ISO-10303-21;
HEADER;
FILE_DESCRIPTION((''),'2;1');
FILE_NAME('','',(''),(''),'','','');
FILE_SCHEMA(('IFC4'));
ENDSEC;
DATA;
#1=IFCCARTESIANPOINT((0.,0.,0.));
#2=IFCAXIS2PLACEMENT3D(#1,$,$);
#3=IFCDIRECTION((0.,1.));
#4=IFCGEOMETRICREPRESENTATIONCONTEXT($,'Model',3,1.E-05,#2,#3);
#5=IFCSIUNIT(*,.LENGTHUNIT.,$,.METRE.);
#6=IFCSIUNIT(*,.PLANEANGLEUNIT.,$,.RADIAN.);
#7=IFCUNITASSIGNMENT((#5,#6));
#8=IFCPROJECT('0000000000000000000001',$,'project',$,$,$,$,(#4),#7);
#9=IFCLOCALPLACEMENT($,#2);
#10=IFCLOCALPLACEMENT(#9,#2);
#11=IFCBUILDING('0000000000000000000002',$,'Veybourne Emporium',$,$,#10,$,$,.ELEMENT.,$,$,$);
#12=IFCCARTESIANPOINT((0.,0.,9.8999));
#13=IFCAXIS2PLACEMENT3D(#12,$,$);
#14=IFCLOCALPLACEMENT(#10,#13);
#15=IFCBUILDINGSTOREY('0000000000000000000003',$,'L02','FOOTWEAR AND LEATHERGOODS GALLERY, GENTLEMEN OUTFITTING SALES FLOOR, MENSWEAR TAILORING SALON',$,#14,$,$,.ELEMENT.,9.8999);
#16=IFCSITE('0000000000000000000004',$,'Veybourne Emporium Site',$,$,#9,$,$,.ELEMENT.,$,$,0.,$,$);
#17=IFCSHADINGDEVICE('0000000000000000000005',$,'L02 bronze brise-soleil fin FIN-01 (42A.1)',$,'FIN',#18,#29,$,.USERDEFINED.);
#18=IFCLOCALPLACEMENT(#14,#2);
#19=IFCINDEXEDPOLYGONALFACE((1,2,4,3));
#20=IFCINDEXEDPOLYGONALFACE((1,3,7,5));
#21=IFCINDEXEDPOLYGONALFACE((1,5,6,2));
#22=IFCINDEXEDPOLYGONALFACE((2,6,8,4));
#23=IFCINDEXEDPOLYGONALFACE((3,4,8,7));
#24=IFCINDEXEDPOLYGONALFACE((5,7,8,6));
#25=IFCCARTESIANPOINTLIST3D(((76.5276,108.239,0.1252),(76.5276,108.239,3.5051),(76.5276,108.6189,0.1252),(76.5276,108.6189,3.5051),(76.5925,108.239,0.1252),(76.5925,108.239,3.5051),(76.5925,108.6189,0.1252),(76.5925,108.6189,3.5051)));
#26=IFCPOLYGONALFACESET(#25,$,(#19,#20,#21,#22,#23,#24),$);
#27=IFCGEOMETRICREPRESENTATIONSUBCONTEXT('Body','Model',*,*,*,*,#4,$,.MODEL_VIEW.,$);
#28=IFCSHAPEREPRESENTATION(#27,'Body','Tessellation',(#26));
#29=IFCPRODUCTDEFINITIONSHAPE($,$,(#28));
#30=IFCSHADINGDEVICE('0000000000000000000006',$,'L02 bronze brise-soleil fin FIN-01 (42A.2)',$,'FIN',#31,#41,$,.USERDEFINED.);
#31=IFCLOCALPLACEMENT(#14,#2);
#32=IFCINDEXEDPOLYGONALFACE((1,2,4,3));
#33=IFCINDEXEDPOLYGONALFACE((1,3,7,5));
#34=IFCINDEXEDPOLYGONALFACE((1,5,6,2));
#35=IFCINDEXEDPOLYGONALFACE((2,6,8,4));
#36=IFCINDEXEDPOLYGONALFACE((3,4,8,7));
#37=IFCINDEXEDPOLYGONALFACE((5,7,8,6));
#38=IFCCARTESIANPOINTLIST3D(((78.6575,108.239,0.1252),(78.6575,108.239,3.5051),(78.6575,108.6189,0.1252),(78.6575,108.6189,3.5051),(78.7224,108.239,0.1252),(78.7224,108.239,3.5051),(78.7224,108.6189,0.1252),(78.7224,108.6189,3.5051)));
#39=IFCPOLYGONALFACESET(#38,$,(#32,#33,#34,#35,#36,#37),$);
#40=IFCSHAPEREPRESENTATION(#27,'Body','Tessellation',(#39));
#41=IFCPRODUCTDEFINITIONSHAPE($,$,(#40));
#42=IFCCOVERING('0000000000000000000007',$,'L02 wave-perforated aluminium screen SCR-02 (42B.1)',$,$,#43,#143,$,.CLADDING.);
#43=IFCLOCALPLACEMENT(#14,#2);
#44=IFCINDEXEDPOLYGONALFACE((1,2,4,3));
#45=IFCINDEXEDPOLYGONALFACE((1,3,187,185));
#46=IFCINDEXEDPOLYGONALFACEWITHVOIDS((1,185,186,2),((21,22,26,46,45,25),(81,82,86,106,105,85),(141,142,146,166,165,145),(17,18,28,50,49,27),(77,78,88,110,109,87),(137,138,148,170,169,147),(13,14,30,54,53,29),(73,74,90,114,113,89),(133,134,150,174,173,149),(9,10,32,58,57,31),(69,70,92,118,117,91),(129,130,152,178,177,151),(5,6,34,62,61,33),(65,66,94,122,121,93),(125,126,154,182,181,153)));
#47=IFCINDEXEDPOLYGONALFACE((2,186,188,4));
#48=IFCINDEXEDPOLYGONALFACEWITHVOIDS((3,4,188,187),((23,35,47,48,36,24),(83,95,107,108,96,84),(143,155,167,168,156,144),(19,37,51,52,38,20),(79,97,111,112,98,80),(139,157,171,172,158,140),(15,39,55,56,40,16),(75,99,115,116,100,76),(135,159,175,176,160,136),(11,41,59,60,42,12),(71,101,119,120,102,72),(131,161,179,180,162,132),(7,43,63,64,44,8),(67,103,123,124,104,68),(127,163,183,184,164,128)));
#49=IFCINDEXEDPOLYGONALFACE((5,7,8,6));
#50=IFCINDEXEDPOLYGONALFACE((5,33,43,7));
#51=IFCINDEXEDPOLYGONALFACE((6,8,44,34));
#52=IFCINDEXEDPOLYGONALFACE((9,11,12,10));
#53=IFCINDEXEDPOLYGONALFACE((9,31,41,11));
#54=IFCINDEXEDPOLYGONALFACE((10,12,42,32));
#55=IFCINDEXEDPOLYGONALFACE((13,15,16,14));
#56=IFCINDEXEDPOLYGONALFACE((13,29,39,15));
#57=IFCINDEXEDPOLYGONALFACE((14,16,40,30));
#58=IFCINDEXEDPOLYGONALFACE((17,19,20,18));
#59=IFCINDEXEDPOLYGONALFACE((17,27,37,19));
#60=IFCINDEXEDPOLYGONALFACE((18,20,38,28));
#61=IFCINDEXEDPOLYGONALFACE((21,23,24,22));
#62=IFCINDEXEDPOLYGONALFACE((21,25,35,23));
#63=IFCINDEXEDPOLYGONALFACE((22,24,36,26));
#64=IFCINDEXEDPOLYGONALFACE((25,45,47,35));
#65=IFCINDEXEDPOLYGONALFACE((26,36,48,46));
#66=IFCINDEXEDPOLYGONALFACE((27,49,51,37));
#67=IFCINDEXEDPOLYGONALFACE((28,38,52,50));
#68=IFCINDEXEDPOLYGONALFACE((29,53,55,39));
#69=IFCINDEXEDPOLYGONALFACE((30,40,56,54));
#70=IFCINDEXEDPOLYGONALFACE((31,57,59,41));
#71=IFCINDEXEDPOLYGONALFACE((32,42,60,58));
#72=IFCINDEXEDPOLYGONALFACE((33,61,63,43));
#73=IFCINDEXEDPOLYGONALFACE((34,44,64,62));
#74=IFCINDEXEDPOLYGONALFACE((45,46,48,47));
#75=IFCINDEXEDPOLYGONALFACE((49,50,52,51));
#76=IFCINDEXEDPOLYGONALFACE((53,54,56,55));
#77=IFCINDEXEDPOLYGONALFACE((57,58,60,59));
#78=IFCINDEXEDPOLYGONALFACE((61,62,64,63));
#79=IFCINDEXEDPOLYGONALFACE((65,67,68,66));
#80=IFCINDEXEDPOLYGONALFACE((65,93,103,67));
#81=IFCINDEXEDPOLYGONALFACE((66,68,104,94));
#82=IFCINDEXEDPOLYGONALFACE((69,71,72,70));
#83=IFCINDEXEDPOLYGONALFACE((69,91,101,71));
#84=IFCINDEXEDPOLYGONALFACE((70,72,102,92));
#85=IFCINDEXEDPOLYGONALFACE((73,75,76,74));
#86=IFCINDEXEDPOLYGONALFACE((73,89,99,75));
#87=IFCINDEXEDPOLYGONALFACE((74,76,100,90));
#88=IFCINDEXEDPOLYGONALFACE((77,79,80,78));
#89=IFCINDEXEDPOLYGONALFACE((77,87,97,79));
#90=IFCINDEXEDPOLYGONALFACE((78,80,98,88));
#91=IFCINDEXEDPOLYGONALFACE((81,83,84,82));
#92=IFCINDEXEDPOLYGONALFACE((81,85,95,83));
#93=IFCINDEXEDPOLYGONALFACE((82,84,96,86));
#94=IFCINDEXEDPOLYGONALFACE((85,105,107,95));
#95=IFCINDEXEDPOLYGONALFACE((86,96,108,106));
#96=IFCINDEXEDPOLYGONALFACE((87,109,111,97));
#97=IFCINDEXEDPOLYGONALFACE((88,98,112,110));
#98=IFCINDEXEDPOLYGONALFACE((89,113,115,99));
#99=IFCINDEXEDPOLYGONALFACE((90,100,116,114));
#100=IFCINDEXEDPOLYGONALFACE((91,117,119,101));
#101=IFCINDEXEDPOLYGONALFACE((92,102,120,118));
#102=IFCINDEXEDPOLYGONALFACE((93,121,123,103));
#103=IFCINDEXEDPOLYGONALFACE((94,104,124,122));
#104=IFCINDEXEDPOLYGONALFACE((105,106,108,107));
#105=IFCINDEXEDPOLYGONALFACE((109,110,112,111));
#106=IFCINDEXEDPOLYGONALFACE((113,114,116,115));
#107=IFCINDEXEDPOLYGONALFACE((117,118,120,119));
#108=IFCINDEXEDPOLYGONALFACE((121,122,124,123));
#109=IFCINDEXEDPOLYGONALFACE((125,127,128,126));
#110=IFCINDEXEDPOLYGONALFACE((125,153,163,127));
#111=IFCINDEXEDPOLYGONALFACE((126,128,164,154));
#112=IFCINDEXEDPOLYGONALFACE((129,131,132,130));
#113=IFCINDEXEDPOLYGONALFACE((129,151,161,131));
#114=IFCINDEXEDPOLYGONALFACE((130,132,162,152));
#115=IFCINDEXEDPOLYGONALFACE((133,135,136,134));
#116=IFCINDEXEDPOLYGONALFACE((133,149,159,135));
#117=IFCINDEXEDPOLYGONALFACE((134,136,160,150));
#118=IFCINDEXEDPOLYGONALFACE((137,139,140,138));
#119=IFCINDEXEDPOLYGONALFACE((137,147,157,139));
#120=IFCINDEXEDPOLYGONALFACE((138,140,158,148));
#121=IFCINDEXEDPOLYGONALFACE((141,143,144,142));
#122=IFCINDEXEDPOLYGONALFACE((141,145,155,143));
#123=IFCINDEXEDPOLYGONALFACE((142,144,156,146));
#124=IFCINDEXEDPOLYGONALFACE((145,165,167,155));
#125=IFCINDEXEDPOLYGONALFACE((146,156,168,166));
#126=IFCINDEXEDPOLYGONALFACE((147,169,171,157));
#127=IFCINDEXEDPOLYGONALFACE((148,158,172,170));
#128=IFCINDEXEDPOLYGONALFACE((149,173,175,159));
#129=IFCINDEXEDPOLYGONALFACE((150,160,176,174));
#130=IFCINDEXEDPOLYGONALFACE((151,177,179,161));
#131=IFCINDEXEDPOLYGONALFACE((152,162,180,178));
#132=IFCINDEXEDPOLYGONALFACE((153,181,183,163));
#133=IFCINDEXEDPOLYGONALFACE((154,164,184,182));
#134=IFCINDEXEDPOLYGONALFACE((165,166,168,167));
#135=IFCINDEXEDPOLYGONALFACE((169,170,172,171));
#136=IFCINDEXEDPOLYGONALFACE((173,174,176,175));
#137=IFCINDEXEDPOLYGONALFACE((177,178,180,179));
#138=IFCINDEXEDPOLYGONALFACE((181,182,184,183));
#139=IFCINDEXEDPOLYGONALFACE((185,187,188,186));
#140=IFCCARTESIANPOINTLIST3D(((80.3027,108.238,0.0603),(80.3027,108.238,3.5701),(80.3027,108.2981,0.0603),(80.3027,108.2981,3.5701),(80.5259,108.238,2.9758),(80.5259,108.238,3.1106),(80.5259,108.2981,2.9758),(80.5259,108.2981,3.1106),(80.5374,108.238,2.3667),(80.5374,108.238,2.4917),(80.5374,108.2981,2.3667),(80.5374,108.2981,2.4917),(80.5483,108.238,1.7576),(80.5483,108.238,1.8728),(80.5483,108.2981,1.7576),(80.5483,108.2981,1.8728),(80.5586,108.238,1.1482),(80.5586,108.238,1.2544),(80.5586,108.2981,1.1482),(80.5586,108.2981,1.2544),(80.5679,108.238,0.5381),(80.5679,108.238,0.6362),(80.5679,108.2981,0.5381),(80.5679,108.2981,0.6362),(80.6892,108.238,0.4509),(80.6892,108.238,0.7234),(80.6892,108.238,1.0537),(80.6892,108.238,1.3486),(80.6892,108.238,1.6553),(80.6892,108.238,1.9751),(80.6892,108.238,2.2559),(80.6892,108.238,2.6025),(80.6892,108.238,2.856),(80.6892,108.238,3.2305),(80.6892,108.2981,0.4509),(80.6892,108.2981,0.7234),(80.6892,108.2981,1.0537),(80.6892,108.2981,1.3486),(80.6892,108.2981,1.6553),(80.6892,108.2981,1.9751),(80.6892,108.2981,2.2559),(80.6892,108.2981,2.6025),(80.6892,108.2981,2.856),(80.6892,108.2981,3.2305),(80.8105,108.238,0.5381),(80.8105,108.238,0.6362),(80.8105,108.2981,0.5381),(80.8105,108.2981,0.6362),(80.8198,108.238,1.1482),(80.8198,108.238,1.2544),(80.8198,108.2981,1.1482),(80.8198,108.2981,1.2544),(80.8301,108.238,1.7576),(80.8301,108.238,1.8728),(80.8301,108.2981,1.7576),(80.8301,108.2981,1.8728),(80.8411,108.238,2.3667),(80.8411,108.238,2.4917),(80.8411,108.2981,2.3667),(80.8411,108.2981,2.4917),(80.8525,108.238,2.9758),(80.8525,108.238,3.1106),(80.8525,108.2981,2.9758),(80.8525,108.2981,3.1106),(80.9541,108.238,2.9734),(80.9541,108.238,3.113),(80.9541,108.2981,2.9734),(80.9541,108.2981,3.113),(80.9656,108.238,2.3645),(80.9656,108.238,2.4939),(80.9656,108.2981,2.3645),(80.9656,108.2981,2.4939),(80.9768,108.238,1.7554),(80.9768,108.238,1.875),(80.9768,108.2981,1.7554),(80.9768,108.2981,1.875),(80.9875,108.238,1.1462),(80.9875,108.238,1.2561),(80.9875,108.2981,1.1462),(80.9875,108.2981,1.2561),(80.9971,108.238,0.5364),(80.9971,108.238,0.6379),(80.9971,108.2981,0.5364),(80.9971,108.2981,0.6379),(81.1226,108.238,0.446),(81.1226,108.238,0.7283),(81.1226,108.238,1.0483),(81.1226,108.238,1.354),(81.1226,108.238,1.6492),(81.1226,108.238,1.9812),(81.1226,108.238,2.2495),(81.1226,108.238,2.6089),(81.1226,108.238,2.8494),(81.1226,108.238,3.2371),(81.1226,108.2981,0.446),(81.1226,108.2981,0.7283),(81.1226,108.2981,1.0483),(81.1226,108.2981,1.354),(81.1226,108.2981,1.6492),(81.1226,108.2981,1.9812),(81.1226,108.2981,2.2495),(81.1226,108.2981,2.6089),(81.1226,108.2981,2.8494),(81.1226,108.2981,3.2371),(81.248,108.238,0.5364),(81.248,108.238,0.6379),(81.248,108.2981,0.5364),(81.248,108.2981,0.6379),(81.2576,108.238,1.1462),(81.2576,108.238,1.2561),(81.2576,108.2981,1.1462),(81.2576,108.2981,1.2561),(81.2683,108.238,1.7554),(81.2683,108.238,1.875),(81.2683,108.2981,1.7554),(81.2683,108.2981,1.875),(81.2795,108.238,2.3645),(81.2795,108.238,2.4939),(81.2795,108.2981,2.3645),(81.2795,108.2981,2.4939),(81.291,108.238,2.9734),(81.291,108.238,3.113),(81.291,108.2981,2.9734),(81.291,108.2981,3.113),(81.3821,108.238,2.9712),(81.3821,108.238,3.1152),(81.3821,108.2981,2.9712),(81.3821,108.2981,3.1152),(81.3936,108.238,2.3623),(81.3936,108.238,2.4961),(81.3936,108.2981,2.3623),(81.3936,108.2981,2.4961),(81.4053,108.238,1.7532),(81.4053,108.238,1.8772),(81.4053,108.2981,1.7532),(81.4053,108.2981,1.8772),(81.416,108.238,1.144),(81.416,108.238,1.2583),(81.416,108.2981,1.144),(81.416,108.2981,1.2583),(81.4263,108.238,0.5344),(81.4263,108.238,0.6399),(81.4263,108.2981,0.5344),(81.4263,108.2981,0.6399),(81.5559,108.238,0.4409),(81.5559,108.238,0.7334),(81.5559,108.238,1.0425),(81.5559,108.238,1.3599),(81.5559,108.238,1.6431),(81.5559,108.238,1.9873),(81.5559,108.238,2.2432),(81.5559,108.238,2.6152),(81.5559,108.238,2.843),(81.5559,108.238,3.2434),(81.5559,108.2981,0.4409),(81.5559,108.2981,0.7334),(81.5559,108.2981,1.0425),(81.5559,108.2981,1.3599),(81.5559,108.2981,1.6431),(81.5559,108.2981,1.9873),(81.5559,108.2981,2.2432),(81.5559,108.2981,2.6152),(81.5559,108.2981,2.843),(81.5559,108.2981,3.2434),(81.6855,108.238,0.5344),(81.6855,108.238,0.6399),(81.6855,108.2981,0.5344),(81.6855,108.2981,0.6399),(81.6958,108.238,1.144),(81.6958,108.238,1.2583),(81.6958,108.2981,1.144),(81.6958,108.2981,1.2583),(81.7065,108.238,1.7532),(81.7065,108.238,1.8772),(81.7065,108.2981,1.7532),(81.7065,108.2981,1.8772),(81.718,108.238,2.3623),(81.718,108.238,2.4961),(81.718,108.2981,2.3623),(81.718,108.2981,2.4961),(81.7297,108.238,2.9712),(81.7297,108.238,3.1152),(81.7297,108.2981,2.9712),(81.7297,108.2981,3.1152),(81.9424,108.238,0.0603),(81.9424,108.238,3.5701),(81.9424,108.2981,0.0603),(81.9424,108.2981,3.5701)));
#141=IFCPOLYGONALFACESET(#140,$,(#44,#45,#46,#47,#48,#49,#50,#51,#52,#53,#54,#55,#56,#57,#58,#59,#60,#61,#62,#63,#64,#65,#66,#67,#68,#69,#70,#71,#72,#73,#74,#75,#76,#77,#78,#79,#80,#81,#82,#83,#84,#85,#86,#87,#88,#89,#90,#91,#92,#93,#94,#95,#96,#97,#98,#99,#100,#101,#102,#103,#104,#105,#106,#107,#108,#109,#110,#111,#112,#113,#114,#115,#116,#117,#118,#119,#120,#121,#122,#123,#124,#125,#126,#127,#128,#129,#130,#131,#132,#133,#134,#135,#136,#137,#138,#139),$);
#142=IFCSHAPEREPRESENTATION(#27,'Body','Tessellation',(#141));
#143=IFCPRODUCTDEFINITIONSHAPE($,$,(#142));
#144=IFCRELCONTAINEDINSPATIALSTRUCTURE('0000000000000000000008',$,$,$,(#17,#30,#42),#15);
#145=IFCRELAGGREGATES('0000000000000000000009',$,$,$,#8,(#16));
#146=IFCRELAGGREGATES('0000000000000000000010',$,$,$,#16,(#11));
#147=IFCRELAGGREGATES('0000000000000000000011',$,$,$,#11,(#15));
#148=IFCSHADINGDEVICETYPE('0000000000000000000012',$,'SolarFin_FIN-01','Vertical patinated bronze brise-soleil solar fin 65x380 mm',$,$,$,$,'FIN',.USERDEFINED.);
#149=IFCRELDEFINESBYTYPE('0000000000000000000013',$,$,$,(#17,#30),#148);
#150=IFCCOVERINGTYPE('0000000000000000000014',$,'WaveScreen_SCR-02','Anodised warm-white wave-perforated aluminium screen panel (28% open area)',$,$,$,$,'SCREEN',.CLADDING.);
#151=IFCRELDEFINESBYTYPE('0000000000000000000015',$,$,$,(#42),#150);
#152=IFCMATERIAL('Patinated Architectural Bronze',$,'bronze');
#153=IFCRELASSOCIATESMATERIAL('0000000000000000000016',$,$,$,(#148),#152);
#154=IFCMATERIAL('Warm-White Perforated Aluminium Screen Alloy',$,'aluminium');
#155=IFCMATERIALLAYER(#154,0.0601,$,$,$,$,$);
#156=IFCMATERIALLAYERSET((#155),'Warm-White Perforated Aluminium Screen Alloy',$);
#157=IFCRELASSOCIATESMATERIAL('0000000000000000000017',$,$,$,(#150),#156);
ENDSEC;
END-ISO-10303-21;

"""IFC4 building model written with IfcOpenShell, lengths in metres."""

from ifc_helpers import new_model, si_unit, direction, frame, origin, origin_2d, place, context, subcontext, project, spatial, polyline, rectangle, outline, extrude, material, layer, layer_set, type_object, element, save


model = new_model("IFC4")

# Units and contexts
model_context = context("Model", 3, precision=1e-05, world=origin(), true_north=direction((0.0, 1.0)))
body_context = subcontext(model_context, "Body", "Model", "MODEL_VIEW")
ifc_project = project(units=[si_unit("LENGTHUNIT", "METRE"), si_unit("PLANEANGLEUNIT", "RADIAN")], contexts=[model_context])

# Site, building, storey
site_placement = place(None, origin())
site = spatial("IfcSite", under=ifc_project, at=site_placement, Name="Veybourne Emporium Site", CompositionType="ELEMENT", RefElevation=0.0)
building_placement = place(site_placement, origin())
building = spatial("IfcBuilding", under=site, at=building_placement, Name="Veybourne Emporium", CompositionType="ELEMENT")
storey_placement = place(building_placement, frame((0.0, 0.0, 9.8999)))
storey = spatial("IfcBuildingStorey", under=building, at=storey_placement, Name="L02", Description="FOOTWEAR AND LEATHERGOODS GALLERY, GENTLEMEN OUTFITTING SALES FLOOR, MENSWEAR TAILORING SALON", CompositionType="ELEMENT", Elevation=9.8999)

# Shading devices
ifc_material_1 = material(Name="Patinated Architectural Bronze", Category="bronze")
shading_device_type = type_object("IfcShadingDeviceType", Name="SolarFin_FIN-01", Description="Vertical patinated bronze brise-soleil solar fin 65x380 mm", ElementType="FIN", PredefinedType="USERDEFINED", material=ifc_material_1)
for number, where, z_axis, x_axis, name in (
    (1, (76.5601, 108.429, 0.1252), (0.0, 0.0, 1.0), (1.0, 0.0, 0.0), "L02 bronze brise-soleil fin FIN-01 (42A.1)"),
    (2, (78.6899, 108.429, 0.1252), (0.0, 0.0, 1.0), (1.0, 0.0, 0.0), "L02 bronze brise-soleil fin FIN-01 (42A.2)"),
):
    element("IfcShadingDevice", number, at=place(storey_placement, frame(where, z_axis=z_axis, x_axis=x_axis)), inside=storey, type_object=shading_device_type, Name=name, ObjectType="FIN", PredefinedType="USERDEFINED", context=body_context, shape_type="SweptSolid", body=[
        extrude(rectangle(XDim=0.0649, YDim=0.3799, at=origin_2d()), origin(), (0.0, 0.0, 1.0), 3.3799),
    ])

# Covering
ifc_material_2 = material(Name="Warm-White Perforated Aluminium Screen Alloy", Category="aluminium")
ifc_layer_1 = layer(ifc_material_2, 0.0601)
ifc_layer_set_1 = layer_set([ifc_layer_1], Name="Warm-White Perforated Aluminium Screen Alloy")
covering_type_1 = type_object("IfcCoveringType", Name="WaveScreen_SCR-02", Description="Anodised warm-white wave-perforated aluminium screen panel (28% open area)", ElementType="SCREEN", PredefinedType="CLADDING", material=ifc_layer_set_1)
covering_1_placement = place(storey_placement, frame((81.1226, 108.2981, 1.8152), z_axis=(0.0, -1.0, 0.0), x_axis=(1.0, 0.0, 0.0)))
element("IfcCovering", 3, at=covering_1_placement, inside=storey, type_object=covering_type_1, Name="L02 wave-perforated aluminium screen SCR-02 (42B.1)", PredefinedType="CLADDING", context=body_context, shape_type="SweptSolid", body=[
    extrude(outline(polyline([(-0.8198, -1.7549), (0.8198, -1.7549), (0.8198, 1.7549), (-0.8198, 1.7549), (-0.8198, -1.7549)]), holes=[polyline([(-0.4333, -1.0918), (-0.312, -1.179), (-0.312, -1.2771), (-0.4333, -1.3643), (-0.5547, -1.2771), (-0.5547, -1.179), (-0.4333, -1.0918)]), polyline([(-0.4333, -0.4666), (-0.3027, -0.5608), (-0.3027, -0.667), (-0.4333, -0.7615), (-0.564, -0.667), (-0.564, -0.5608), (-0.4333, -0.4666)]), polyline([(-0.4333, 0.1599), (-0.2925, 0.0576), (-0.2925, -0.0576), (-0.4333, -0.1599), (-0.5742, -0.0576), (-0.5742, 0.0576), (-0.4333, 0.1599)]), polyline([(-0.4333, 0.7874), (-0.2815, 0.6765), (-0.2815, 0.5515), (-0.4333, 0.4407), (-0.5852, 0.5515), (-0.5852, 0.6765), (-0.4333, 0.7874)]), polyline([(-0.4333, 1.4153), (-0.27, 1.2954), (-0.27, 1.1606), (-0.4333, 1.0408), (-0.5967, 1.1606), (-0.5967, 1.2954), (-0.4333, 1.4153)]), polyline([(0.0, -1.0869), (0.1255, -1.1772), (0.1255, -1.2788), (0.0, -1.3691), (-0.1255, -1.2788), (-0.1255, -1.1772), (0.0, -1.0869)]), polyline([(0.0, -0.4612), (0.135, -0.5591), (0.135, -0.6689), (0.0, -0.7668), (-0.135, -0.6689), (-0.135, -0.5591), (0.0, -0.4612)]), polyline([(0.0, 0.166), (0.1458, 0.0598), (0.1458, -0.0598), (0.0, -0.166), (-0.1458, -0.0598), (-0.1458, 0.0598), (0.0, 0.166)]), polyline([(0.0, 0.7937), (0.157, 0.6787), (0.157, 0.5493), (0.0, 0.4343), (-0.157, 0.5493), (-0.157, 0.6787), (0.0, 0.7937)]), polyline([(0.0, 1.4219), (0.1685, 1.2979), (0.1685, 1.1582), (0.0, 1.0342), (-0.1685, 1.1582), (-0.1685, 1.2979), (0.0, 1.4219)]), polyline([(0.4333, -1.0818), (0.563, -1.1753), (0.563, -1.2808), (0.4333, -1.3743), (0.3037, -1.2808), (0.3037, -1.1753), (0.4333, -1.0818)]), polyline([(0.4333, -0.4553), (0.5732, -0.5569), (0.5732, -0.6711), (0.4333, -0.7727), (0.2935, -0.6711), (0.2935, -0.5569), (0.4333, -0.4553)]), polyline([(0.4333, 0.1721), (0.584, 0.062), (0.584, -0.062), (0.4333, -0.1721), (0.2827, -0.062), (0.2827, 0.062), (0.4333, 0.1721)]), polyline([(0.4333, 0.8), (0.5955, 0.6809), (0.5955, 0.5471), (0.4333, 0.428), (0.271, 0.5471), (0.271, 0.6809), (0.4333, 0.8)]), polyline([(0.4333, 1.4282), (0.6072, 1.3), (0.6072, 1.156), (0.4333, 1.0278), (0.2595, 1.156), (0.2595, 1.3), (0.4333, 1.4282)])]), origin(), (0.0, 0.0, 1.0), 0.0601),
])

save(model, "model.ifc")
